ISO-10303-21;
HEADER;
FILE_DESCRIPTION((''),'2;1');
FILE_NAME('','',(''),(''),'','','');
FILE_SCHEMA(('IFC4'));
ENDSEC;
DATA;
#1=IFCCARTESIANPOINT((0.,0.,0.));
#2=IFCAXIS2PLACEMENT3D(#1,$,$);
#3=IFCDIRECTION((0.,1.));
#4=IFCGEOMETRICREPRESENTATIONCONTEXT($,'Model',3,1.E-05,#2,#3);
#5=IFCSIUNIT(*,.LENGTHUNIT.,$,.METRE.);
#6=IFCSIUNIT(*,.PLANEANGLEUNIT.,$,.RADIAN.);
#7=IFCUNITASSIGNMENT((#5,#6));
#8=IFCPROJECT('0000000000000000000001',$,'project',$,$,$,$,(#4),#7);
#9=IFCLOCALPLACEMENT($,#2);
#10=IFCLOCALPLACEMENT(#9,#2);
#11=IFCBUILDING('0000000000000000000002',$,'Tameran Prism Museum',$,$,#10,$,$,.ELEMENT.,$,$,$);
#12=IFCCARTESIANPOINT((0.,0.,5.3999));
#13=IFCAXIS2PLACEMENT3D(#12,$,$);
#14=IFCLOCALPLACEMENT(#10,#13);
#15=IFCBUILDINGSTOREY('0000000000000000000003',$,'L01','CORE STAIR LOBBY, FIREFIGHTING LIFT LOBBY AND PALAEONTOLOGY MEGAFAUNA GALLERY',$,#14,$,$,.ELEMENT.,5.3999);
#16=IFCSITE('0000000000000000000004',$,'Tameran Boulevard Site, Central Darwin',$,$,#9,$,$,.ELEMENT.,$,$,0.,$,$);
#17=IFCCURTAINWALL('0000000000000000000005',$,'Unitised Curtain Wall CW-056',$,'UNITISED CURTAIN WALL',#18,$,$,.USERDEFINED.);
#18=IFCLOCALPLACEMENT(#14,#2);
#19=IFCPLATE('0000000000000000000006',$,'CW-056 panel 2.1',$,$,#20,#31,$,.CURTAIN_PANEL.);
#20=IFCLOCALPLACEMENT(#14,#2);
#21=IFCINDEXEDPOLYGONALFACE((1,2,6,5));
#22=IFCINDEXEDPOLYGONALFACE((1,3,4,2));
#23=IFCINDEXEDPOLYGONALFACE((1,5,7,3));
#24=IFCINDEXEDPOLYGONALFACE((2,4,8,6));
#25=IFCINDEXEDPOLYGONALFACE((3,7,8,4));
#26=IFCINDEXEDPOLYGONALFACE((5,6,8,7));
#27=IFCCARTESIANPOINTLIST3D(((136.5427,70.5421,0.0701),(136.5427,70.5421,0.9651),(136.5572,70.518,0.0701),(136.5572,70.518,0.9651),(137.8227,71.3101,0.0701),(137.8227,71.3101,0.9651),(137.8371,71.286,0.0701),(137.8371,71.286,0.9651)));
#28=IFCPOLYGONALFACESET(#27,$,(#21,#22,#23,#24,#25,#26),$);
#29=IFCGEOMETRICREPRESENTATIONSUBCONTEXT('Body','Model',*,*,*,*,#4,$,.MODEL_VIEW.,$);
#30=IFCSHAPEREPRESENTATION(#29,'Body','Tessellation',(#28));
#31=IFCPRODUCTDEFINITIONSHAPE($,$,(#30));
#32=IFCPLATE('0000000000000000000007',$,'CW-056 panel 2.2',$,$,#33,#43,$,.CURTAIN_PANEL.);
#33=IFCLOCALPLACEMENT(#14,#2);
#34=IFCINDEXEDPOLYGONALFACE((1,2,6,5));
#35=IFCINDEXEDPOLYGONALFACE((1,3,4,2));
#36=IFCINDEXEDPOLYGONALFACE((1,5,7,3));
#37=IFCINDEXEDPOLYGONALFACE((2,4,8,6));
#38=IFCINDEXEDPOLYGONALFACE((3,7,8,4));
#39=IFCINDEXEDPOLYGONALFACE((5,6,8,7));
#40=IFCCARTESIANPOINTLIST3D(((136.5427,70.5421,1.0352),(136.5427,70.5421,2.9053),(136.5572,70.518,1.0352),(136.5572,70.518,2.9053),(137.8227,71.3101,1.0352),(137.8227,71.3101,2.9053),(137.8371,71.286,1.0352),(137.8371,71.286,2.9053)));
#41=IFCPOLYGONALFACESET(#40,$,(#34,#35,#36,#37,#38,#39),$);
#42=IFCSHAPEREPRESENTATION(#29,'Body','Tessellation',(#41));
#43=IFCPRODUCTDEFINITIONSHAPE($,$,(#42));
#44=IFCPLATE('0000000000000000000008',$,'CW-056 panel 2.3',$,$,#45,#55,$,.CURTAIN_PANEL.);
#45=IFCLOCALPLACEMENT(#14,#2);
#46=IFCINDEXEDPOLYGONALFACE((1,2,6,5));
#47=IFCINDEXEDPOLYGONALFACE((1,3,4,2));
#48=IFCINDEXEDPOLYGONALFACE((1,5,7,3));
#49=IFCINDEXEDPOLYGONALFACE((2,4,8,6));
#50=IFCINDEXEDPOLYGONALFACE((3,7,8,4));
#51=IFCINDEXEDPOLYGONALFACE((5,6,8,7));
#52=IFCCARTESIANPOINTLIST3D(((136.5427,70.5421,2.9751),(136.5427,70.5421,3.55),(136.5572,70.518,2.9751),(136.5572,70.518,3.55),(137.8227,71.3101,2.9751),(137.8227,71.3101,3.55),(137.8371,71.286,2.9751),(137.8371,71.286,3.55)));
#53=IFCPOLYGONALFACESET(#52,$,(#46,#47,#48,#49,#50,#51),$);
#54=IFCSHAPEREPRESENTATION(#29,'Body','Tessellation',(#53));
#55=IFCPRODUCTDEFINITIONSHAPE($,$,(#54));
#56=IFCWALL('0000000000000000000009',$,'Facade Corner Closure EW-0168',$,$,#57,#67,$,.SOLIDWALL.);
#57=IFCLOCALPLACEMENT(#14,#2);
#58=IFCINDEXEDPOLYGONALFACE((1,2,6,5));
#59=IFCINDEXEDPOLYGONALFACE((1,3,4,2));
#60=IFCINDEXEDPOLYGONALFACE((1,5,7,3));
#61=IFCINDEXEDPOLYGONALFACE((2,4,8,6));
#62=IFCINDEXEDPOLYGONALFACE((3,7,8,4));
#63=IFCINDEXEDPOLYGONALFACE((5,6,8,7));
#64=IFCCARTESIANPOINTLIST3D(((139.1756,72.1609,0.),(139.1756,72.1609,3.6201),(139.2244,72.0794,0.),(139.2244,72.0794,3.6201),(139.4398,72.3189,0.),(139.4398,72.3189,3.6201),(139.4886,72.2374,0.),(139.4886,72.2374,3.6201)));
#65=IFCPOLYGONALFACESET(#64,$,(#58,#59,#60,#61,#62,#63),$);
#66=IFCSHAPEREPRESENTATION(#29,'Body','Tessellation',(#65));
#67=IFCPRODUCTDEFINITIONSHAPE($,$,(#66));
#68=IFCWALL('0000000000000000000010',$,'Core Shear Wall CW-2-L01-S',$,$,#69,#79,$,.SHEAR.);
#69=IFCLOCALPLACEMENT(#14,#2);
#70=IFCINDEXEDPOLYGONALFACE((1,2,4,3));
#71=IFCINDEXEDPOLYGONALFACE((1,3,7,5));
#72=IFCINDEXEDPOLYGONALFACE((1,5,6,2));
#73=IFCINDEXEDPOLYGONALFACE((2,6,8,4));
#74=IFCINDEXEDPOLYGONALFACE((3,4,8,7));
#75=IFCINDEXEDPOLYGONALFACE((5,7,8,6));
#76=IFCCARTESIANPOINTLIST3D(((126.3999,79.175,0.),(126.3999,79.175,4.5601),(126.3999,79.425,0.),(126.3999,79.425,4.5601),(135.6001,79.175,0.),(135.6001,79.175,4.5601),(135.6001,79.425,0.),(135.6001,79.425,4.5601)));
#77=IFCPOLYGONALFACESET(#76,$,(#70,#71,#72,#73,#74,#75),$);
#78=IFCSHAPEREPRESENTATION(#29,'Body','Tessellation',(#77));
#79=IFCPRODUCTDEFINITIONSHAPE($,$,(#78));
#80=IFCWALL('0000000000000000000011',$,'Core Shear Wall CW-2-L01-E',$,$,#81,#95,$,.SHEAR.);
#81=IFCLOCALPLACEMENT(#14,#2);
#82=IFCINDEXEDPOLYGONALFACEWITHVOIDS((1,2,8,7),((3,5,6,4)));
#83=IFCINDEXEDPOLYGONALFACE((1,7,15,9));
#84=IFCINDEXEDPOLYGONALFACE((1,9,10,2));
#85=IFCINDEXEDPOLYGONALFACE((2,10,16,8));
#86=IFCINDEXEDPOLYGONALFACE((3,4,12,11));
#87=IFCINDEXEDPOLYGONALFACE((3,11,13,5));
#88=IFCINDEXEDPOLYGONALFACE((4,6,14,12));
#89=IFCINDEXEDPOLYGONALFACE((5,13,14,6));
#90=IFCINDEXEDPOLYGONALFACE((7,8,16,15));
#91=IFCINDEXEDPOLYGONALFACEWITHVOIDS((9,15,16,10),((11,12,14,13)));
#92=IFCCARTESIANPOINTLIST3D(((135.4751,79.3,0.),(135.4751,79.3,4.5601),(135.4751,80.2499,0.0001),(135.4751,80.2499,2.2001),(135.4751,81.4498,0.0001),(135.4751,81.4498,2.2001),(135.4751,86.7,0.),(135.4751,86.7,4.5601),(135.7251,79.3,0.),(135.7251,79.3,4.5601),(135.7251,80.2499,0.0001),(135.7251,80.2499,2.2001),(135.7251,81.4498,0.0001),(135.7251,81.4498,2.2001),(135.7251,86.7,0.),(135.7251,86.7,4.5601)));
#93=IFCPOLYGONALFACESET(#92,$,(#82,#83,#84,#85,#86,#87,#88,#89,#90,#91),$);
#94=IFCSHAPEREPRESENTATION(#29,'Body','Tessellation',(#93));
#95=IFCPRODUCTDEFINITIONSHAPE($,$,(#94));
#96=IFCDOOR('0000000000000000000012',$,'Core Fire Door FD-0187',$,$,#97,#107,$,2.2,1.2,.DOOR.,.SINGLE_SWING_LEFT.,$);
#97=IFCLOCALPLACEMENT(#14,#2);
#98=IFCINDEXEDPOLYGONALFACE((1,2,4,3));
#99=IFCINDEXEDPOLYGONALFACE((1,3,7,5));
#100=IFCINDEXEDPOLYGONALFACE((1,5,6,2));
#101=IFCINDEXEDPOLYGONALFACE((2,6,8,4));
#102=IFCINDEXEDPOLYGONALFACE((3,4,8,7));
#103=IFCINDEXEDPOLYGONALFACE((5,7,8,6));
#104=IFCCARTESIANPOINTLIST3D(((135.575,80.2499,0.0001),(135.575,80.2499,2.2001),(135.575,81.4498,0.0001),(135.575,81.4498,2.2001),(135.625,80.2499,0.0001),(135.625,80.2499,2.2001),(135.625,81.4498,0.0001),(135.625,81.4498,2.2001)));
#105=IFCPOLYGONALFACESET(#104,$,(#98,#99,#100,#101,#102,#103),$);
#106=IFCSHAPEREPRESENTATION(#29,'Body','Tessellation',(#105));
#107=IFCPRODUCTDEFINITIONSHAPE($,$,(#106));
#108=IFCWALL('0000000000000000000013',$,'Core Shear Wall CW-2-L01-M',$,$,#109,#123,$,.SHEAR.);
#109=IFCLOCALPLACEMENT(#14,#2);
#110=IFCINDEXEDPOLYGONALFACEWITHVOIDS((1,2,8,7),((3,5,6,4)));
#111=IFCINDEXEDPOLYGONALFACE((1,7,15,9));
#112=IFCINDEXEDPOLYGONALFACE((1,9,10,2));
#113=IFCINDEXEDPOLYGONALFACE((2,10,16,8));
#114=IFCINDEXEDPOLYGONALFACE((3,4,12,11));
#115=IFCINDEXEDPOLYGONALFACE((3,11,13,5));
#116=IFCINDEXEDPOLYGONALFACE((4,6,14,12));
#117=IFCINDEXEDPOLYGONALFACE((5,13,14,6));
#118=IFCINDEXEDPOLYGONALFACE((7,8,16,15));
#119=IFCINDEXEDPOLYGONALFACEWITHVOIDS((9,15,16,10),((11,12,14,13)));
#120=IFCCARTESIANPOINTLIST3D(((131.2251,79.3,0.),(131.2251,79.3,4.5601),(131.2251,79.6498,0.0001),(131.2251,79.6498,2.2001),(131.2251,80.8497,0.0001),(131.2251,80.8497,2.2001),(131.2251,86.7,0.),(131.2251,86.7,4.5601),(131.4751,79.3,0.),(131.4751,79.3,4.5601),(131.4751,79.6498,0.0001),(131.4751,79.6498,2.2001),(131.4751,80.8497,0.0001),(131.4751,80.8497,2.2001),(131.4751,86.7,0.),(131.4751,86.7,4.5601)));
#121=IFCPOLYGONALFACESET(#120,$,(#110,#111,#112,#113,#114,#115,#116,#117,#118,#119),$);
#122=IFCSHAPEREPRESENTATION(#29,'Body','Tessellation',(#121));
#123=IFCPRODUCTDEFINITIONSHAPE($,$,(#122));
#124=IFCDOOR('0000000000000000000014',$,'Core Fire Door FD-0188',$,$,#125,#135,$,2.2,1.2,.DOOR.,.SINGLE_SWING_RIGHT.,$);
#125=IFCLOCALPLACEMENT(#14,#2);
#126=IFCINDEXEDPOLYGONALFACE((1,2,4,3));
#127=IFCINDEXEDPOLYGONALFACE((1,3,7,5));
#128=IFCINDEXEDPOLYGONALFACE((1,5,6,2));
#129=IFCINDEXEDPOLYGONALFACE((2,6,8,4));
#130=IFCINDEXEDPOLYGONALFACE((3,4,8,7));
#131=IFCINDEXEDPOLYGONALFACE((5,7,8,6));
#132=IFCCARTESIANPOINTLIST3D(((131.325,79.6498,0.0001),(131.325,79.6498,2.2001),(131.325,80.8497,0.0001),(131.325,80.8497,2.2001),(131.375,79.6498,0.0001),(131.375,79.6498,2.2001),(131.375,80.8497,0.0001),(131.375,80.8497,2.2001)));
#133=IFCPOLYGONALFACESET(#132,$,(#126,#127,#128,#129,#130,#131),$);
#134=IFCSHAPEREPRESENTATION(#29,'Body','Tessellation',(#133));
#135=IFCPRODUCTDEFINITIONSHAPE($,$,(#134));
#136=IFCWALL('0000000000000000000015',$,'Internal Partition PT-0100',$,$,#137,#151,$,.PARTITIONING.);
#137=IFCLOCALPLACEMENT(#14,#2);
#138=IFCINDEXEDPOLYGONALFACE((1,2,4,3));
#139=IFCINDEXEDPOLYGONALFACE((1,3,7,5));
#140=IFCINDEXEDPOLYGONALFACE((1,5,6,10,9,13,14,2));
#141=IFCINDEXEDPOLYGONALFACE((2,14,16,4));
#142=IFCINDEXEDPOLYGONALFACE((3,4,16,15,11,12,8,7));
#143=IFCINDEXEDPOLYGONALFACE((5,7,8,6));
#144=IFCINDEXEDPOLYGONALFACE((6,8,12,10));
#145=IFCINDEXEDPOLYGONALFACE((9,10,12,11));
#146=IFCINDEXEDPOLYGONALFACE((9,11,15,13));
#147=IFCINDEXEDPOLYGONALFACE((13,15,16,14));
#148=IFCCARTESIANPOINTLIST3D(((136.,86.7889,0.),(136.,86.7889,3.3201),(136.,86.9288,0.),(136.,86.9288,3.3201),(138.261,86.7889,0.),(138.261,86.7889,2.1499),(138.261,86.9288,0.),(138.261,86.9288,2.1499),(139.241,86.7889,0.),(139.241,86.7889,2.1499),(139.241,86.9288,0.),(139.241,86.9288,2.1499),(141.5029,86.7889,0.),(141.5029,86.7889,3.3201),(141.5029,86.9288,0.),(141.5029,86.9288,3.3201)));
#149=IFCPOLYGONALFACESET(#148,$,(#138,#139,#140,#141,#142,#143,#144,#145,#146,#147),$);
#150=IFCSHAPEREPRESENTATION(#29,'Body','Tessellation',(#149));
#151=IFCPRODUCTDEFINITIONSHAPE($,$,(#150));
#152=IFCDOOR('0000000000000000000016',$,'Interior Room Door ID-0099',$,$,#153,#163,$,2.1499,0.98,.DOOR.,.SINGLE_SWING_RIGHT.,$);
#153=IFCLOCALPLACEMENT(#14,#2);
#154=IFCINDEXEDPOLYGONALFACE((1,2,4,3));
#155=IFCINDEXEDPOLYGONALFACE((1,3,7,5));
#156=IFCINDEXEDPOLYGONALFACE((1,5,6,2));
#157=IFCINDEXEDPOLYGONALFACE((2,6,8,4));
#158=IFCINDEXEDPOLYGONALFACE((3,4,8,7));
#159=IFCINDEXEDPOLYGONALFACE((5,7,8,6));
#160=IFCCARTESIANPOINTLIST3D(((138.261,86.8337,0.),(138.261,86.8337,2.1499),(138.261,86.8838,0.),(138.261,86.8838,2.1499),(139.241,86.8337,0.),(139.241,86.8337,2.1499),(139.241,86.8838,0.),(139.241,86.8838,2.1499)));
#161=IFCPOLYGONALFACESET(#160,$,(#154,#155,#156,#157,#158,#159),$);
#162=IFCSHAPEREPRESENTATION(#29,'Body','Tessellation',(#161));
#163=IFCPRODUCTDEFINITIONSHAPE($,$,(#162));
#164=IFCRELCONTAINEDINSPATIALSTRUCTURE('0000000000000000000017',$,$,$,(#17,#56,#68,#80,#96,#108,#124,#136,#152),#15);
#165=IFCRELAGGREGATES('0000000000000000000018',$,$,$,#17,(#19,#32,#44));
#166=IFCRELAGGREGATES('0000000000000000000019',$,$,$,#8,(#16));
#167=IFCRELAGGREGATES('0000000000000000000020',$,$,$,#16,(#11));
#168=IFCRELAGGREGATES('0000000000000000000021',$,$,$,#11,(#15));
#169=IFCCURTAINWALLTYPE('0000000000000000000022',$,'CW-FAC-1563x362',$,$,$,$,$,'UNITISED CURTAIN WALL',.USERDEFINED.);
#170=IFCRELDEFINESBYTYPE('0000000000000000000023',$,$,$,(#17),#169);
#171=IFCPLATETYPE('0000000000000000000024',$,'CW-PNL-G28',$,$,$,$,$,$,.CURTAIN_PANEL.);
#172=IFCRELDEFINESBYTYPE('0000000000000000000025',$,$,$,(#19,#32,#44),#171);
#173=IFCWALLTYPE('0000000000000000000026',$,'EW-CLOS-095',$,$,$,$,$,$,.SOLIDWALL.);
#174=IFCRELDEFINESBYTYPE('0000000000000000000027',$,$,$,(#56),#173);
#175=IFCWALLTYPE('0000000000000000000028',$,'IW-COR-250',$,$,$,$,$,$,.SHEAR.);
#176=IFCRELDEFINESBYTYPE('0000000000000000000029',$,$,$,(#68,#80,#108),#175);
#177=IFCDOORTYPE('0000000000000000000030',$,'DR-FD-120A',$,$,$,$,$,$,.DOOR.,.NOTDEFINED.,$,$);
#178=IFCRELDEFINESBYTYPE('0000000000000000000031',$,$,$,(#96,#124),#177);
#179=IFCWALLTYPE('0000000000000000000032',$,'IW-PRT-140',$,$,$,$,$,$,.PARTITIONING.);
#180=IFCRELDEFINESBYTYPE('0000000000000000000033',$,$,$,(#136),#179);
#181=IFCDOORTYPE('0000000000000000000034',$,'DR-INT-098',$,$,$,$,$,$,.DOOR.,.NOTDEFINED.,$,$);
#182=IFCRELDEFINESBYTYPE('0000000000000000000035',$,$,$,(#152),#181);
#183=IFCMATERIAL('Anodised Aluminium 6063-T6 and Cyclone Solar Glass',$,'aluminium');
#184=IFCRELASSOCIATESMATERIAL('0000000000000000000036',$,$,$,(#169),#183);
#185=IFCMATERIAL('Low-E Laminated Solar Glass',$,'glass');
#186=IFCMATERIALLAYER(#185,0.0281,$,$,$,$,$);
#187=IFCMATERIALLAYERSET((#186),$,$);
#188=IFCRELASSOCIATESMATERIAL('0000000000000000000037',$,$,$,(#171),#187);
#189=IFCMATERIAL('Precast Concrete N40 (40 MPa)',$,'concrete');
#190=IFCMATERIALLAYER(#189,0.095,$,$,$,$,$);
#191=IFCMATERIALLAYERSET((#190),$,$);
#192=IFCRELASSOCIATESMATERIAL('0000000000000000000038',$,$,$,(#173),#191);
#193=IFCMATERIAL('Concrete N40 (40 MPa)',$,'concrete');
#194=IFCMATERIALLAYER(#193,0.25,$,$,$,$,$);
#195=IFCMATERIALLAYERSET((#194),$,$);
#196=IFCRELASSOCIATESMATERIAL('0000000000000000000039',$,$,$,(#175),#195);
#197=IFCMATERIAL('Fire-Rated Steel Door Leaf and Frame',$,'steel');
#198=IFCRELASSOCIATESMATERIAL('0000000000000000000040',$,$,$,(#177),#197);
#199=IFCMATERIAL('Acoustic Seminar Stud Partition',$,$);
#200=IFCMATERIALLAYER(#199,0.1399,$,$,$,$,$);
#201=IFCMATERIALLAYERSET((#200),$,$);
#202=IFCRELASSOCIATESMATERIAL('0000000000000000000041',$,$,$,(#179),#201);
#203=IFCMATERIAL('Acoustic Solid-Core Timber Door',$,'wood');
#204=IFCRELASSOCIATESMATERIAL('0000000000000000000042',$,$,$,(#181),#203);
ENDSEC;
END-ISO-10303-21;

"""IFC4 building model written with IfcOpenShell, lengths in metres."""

from ifc_helpers import new_model, si_unit, direction, frame, frame_2d, origin, origin_2d, place, context, subcontext, project, spatial, rectangle, extrude, material, layer, layer_set, type_object, element, fill, aggregate, save


model = new_model("IFC4")

# Units and contexts
model_context = context("Model", 3, precision=1e-05, world=origin(), true_north=direction((0.0, 1.0)))
body_context = subcontext(model_context, "Body", "Model", "MODEL_VIEW")
ifc_project = project(units=[si_unit("LENGTHUNIT", "METRE"), si_unit("PLANEANGLEUNIT", "RADIAN")], contexts=[model_context])

# Site, building, storey
site_placement = place(None, origin())
site = spatial("IfcSite", under=ifc_project, at=site_placement, Name="Tameran Boulevard Site, Central Darwin", CompositionType="ELEMENT", RefElevation=0.0)
building_placement = place(site_placement, origin())
building = spatial("IfcBuilding", under=site, at=building_placement, Name="Tameran Prism Museum", CompositionType="ELEMENT")
storey_placement = place(building_placement, frame((0.0, 0.0, 5.3999)))
storey = spatial("IfcBuildingStorey", under=building, at=storey_placement, Name="L01", Description="CORE STAIR LOBBY, FIREFIGHTING LIFT LOBBY AND PALAEONTOLOGY MEGAFAUNA GALLERY", CompositionType="ELEMENT", Elevation=5.3999)

# Curtain wall, plates
ifc_material_1 = material(Name="Anodised Aluminium 6063-T6 and Cyclone Solar Glass", Category="aluminium")
curtain_wall_type = type_object("IfcCurtainWallType", Name="CW-FAC-1563x362", ElementType="UNITISED CURTAIN WALL", PredefinedType="USERDEFINED", material=ifc_material_1)
curtain_wall_placement = place(storey_placement, origin())
curtain_wall = element("IfcCurtainWall", 1, at=curtain_wall_placement, inside=storey, type_object=curtain_wall_type, Name="Unitised Curtain Wall CW-056", ObjectType="UNITISED CURTAIN WALL", PredefinedType="USERDEFINED")
ifc_material_2 = material(Name="Low-E Laminated Solar Glass", Category="glass")
ifc_layer_1 = layer(ifc_material_2, 0.0281)
ifc_layer_set_1 = layer_set([ifc_layer_1])
plate_type = type_object("IfcPlateType", Name="CW-PNL-G28", PredefinedType="CURTAIN_PANEL", material=ifc_layer_set_1)
plate_1_placement = place(storey_placement, frame((137.1899, 70.9141, 0.0701), z_axis=(0.0, 0.0, 1.0), x_axis=(-0.857493, -0.514496, 0.0)))
plate_1 = element("IfcPlate", 2, at=plate_1_placement, type_object=plate_type, Name="CW-056 panel 2.1", PredefinedType="CURTAIN_PANEL", context=body_context, shape_type="SweptSolid", body=[
    extrude(rectangle(XDim=1.4927, YDim=0.0281, at=origin_2d()), origin(), (0.0, 0.0, 1.0), 0.895),
])
plate_2_placement = place(storey_placement, frame((137.1899, 70.9141, 1.0352), z_axis=(0.0, 0.0, 1.0), x_axis=(-0.857493, -0.514496, 0.0)))
plate_2 = element("IfcPlate", 3, at=plate_2_placement, type_object=plate_type, Name="CW-056 panel 2.2", PredefinedType="CURTAIN_PANEL", context=body_context, shape_type="SweptSolid", body=[
    extrude(rectangle(XDim=1.4927, YDim=0.0281, at=origin_2d()), origin(), (0.0, 0.0, 1.0), 1.8701),
])
plate_3_placement = place(storey_placement, frame((137.1899, 70.9141, 2.9751), z_axis=(0.0, 0.0, 1.0), x_axis=(-0.857493, -0.514496, 0.0)))
plate_3 = element("IfcPlate", 4, at=plate_3_placement, type_object=plate_type, Name="CW-056 panel 2.3", PredefinedType="CURTAIN_PANEL", context=body_context, shape_type="SweptSolid", body=[
    extrude(rectangle(XDim=1.4927, YDim=0.0281, at=origin_2d()), origin(), (0.0, 0.0, 1.0), 0.575),
])
aggregate(curtain_wall, [plate_1, plate_2, plate_3])

# Walls
ifc_material_3 = material(Name="Precast Concrete N40 (40 MPa)", Category="concrete")
ifc_layer_2 = layer(ifc_material_3, 0.095)
ifc_layer_set_2 = layer_set([ifc_layer_2])
wall_type_1 = type_object("IfcWallType", Name="EW-CLOS-095", PredefinedType="SOLIDWALL", material=ifc_layer_set_2)
wall_1_placement = place(storey_placement, frame((139.4641, 72.2781, 0.0), z_axis=(0.0, 0.0, 1.0), x_axis=(-0.858262, -0.513212, 0.0)))
element("IfcWall", 5, at=wall_1_placement, inside=storey, type_object=wall_type_1, Name="Facade Corner Closure EW-0168", PredefinedType="SOLIDWALL", context=body_context, shape_type="SweptSolid", body=[
    extrude(rectangle(XDim=0.3079, YDim=0.095, at=frame_2d((0.1538, 0.0))), origin(), (0.0, 0.0, 1.0), 3.6201),
])
ifc_material_4 = material(Name="Concrete N40 (40 MPa)", Category="concrete")
ifc_layer_3 = layer(ifc_material_4, 0.25)
ifc_layer_set_3 = layer_set([ifc_layer_3])
wall_type_2 = type_object("IfcWallType", Name="IW-COR-250", PredefinedType="SHEAR", material=ifc_layer_set_3)
wall_2_placement = place(storey_placement, frame((135.6001, 79.3, 0.0), z_axis=(0.0, 0.0, 1.0), x_axis=(-1.0, 0.0, 0.0)))
element("IfcWall", 6, at=wall_2_placement, inside=storey, type_object=wall_type_2, Name="Core Shear Wall CW-2-L01-S", PredefinedType="SHEAR", context=body_context, shape_type="SweptSolid", body=[
    extrude(rectangle(XDim=9.2002, YDim=0.25, at=frame_2d((4.6001, 0.0))), origin(), (0.0, 0.0, 1.0), 4.5601),
])

# Walls, openings, doors
wall_3_placement = place(storey_placement, frame((135.6001, 86.7, 0.0), z_axis=(0.0, 0.0, 1.0), x_axis=(0.0, -1.0, 0.0)))
wall_3 = element("IfcWall", 7, at=wall_3_placement, inside=storey, type_object=wall_type_2, Name="Core Shear Wall CW-2-L01-E", PredefinedType="SHEAR", context=body_context, shape_type="SweptSolid", body=[
    extrude(rectangle(XDim=7.3999, YDim=0.25, at=frame_2d((3.7, 0.0))), origin(), (0.0, 0.0, 1.0), 4.5601),
])
opening_1_placement = place(wall_3_placement, frame((5.25, 0.0, 0.0)))
opening_1 = element("IfcOpeningElement", 8, at=opening_1_placement, cuts=wall_3, PredefinedType="OPENING", context=body_context, shape_type="SweptSolid", body=[
    extrude(rectangle(XDim=1.2, YDim=2.2, at=frame_2d((0.6001, 1.1001))), frame((0.0, 0.135, 0.0), z_axis=(0.0, -1.0, 0.0), x_axis=(1.0, 0.0, 0.0)), (0.0, 0.0, 1.0), 0.27),
])
ifc_material_5 = material(Name="Fire-Rated Steel Door Leaf and Frame", Category="steel")
door_type_1 = type_object("IfcDoorType", Name="DR-FD-120A", OperationType="NOTDEFINED", PredefinedType="DOOR", material=ifc_material_5)
door_1_placement = place(opening_1_placement, origin())
door_1 = element("IfcDoor", 9, at=door_1_placement, inside=storey, type_object=door_type_1, Name="Core Fire Door FD-0187", OperationType="SINGLE_SWING_LEFT", OverallHeight=2.2, OverallWidth=1.2, PredefinedType="DOOR", context=body_context, shape_type="SweptSolid", body=[
    extrude(rectangle(XDim=1.2, YDim=2.2, at=frame_2d((0.6001, 1.1001))), frame((0.0, 0.0249, 0.0), z_axis=(0.0, -1.0, 0.0), x_axis=(1.0, 0.0, 0.0)), (0.0, 0.0, 1.0), 0.05),
])
fill(opening_1, door_1)
wall_4_placement = place(storey_placement, frame((131.3501, 86.7, 0.0), z_axis=(0.0, 0.0, 1.0), x_axis=(0.0, -1.0, 0.0)))
wall_4 = element("IfcWall", 10, at=wall_4_placement, inside=storey, type_object=wall_type_2, Name="Core Shear Wall CW-2-L01-M", PredefinedType="SHEAR", context=body_context, shape_type="SweptSolid", body=[
    extrude(rectangle(XDim=7.3999, YDim=0.25, at=frame_2d((3.7, 0.0))), origin(), (0.0, 0.0, 1.0), 4.5601),
])
opening_2_placement = place(wall_4_placement, frame((5.8501, 0.0, 0.0)))
opening_2 = element("IfcOpeningElement", 11, at=opening_2_placement, cuts=wall_4, PredefinedType="OPENING", context=body_context, shape_type="SweptSolid", body=[
    extrude(rectangle(XDim=1.2, YDim=2.2, at=frame_2d((0.6001, 1.1001))), frame((0.0, 0.135, 0.0), z_axis=(0.0, -1.0, 0.0), x_axis=(1.0, 0.0, 0.0)), (0.0, 0.0, 1.0), 0.27),
])
door_2_placement = place(opening_2_placement, origin())
door_2 = element("IfcDoor", 12, at=door_2_placement, inside=storey, type_object=door_type_1, Name="Core Fire Door FD-0188", OperationType="SINGLE_SWING_RIGHT", OverallHeight=2.2, OverallWidth=1.2, PredefinedType="DOOR", context=body_context, shape_type="SweptSolid", body=[
    extrude(rectangle(XDim=1.2, YDim=2.2, at=frame_2d((0.6001, 1.1001))), frame((0.0, 0.0249, 0.0), z_axis=(0.0, -1.0, 0.0), x_axis=(1.0, 0.0, 0.0)), (0.0, 0.0, 1.0), 0.05),
])
fill(opening_2, door_2)
ifc_material_6 = material(Name="Acoustic Seminar Stud Partition")
ifc_layer_4 = layer(ifc_material_6, 0.1399)
ifc_layer_set_4 = layer_set([ifc_layer_4])
wall_type_3 = type_object("IfcWallType", Name="IW-PRT-140", PredefinedType="PARTITIONING", material=ifc_layer_set_4)
wall_5_placement = place(storey_placement, frame((136.0, 86.8589, 0.0), z_axis=(0.0, 0.0, 1.0), x_axis=(1.0, 0.0, 0.0)))
wall_5 = element("IfcWall", 13, at=wall_5_placement, inside=storey, type_object=wall_type_3, Name="Internal Partition PT-0100", PredefinedType="PARTITIONING", context=body_context, shape_type="SweptSolid", body=[
    extrude(rectangle(XDim=5.5029, YDim=0.1399, at=frame_2d((2.7515, 0.0))), origin(), (0.0, 0.0, 1.0), 3.3201),
])
opening_3_placement = place(wall_5_placement, frame((2.261, 0.0, 0.0)))
opening_3 = element("IfcOpeningElement", 14, at=opening_3_placement, cuts=wall_5, PredefinedType="OPENING", context=body_context, shape_type="SweptSolid", body=[
    extrude(rectangle(XDim=0.98, YDim=2.1499, at=frame_2d((0.49, 1.075))), frame((0.0, 0.0798, 0.0), z_axis=(0.0, -1.0, 0.0), x_axis=(1.0, 0.0, 0.0)), (0.0, 0.0, 1.0), 0.1599),
])
ifc_material_7 = material(Name="Acoustic Solid-Core Timber Door", Category="wood")
door_type_2 = type_object("IfcDoorType", Name="DR-INT-098", OperationType="NOTDEFINED", PredefinedType="DOOR", material=ifc_material_7)
door_3_placement = place(opening_3_placement, origin())
door_3 = element("IfcDoor", 15, at=door_3_placement, inside=storey, type_object=door_type_2, Name="Interior Room Door ID-0099", OperationType="SINGLE_SWING_RIGHT", OverallHeight=2.1499, OverallWidth=0.98, PredefinedType="DOOR", context=body_context, shape_type="SweptSolid", body=[
    extrude(rectangle(XDim=0.98, YDim=2.1499, at=frame_2d((0.49, 1.075))), frame((0.0, 0.0249, 0.0), z_axis=(0.0, -1.0, 0.0), x_axis=(1.0, 0.0, 0.0)), (0.0, 0.0, 1.0), 0.05),
])
fill(opening_3, door_3)

save(model, "model.ifc")
